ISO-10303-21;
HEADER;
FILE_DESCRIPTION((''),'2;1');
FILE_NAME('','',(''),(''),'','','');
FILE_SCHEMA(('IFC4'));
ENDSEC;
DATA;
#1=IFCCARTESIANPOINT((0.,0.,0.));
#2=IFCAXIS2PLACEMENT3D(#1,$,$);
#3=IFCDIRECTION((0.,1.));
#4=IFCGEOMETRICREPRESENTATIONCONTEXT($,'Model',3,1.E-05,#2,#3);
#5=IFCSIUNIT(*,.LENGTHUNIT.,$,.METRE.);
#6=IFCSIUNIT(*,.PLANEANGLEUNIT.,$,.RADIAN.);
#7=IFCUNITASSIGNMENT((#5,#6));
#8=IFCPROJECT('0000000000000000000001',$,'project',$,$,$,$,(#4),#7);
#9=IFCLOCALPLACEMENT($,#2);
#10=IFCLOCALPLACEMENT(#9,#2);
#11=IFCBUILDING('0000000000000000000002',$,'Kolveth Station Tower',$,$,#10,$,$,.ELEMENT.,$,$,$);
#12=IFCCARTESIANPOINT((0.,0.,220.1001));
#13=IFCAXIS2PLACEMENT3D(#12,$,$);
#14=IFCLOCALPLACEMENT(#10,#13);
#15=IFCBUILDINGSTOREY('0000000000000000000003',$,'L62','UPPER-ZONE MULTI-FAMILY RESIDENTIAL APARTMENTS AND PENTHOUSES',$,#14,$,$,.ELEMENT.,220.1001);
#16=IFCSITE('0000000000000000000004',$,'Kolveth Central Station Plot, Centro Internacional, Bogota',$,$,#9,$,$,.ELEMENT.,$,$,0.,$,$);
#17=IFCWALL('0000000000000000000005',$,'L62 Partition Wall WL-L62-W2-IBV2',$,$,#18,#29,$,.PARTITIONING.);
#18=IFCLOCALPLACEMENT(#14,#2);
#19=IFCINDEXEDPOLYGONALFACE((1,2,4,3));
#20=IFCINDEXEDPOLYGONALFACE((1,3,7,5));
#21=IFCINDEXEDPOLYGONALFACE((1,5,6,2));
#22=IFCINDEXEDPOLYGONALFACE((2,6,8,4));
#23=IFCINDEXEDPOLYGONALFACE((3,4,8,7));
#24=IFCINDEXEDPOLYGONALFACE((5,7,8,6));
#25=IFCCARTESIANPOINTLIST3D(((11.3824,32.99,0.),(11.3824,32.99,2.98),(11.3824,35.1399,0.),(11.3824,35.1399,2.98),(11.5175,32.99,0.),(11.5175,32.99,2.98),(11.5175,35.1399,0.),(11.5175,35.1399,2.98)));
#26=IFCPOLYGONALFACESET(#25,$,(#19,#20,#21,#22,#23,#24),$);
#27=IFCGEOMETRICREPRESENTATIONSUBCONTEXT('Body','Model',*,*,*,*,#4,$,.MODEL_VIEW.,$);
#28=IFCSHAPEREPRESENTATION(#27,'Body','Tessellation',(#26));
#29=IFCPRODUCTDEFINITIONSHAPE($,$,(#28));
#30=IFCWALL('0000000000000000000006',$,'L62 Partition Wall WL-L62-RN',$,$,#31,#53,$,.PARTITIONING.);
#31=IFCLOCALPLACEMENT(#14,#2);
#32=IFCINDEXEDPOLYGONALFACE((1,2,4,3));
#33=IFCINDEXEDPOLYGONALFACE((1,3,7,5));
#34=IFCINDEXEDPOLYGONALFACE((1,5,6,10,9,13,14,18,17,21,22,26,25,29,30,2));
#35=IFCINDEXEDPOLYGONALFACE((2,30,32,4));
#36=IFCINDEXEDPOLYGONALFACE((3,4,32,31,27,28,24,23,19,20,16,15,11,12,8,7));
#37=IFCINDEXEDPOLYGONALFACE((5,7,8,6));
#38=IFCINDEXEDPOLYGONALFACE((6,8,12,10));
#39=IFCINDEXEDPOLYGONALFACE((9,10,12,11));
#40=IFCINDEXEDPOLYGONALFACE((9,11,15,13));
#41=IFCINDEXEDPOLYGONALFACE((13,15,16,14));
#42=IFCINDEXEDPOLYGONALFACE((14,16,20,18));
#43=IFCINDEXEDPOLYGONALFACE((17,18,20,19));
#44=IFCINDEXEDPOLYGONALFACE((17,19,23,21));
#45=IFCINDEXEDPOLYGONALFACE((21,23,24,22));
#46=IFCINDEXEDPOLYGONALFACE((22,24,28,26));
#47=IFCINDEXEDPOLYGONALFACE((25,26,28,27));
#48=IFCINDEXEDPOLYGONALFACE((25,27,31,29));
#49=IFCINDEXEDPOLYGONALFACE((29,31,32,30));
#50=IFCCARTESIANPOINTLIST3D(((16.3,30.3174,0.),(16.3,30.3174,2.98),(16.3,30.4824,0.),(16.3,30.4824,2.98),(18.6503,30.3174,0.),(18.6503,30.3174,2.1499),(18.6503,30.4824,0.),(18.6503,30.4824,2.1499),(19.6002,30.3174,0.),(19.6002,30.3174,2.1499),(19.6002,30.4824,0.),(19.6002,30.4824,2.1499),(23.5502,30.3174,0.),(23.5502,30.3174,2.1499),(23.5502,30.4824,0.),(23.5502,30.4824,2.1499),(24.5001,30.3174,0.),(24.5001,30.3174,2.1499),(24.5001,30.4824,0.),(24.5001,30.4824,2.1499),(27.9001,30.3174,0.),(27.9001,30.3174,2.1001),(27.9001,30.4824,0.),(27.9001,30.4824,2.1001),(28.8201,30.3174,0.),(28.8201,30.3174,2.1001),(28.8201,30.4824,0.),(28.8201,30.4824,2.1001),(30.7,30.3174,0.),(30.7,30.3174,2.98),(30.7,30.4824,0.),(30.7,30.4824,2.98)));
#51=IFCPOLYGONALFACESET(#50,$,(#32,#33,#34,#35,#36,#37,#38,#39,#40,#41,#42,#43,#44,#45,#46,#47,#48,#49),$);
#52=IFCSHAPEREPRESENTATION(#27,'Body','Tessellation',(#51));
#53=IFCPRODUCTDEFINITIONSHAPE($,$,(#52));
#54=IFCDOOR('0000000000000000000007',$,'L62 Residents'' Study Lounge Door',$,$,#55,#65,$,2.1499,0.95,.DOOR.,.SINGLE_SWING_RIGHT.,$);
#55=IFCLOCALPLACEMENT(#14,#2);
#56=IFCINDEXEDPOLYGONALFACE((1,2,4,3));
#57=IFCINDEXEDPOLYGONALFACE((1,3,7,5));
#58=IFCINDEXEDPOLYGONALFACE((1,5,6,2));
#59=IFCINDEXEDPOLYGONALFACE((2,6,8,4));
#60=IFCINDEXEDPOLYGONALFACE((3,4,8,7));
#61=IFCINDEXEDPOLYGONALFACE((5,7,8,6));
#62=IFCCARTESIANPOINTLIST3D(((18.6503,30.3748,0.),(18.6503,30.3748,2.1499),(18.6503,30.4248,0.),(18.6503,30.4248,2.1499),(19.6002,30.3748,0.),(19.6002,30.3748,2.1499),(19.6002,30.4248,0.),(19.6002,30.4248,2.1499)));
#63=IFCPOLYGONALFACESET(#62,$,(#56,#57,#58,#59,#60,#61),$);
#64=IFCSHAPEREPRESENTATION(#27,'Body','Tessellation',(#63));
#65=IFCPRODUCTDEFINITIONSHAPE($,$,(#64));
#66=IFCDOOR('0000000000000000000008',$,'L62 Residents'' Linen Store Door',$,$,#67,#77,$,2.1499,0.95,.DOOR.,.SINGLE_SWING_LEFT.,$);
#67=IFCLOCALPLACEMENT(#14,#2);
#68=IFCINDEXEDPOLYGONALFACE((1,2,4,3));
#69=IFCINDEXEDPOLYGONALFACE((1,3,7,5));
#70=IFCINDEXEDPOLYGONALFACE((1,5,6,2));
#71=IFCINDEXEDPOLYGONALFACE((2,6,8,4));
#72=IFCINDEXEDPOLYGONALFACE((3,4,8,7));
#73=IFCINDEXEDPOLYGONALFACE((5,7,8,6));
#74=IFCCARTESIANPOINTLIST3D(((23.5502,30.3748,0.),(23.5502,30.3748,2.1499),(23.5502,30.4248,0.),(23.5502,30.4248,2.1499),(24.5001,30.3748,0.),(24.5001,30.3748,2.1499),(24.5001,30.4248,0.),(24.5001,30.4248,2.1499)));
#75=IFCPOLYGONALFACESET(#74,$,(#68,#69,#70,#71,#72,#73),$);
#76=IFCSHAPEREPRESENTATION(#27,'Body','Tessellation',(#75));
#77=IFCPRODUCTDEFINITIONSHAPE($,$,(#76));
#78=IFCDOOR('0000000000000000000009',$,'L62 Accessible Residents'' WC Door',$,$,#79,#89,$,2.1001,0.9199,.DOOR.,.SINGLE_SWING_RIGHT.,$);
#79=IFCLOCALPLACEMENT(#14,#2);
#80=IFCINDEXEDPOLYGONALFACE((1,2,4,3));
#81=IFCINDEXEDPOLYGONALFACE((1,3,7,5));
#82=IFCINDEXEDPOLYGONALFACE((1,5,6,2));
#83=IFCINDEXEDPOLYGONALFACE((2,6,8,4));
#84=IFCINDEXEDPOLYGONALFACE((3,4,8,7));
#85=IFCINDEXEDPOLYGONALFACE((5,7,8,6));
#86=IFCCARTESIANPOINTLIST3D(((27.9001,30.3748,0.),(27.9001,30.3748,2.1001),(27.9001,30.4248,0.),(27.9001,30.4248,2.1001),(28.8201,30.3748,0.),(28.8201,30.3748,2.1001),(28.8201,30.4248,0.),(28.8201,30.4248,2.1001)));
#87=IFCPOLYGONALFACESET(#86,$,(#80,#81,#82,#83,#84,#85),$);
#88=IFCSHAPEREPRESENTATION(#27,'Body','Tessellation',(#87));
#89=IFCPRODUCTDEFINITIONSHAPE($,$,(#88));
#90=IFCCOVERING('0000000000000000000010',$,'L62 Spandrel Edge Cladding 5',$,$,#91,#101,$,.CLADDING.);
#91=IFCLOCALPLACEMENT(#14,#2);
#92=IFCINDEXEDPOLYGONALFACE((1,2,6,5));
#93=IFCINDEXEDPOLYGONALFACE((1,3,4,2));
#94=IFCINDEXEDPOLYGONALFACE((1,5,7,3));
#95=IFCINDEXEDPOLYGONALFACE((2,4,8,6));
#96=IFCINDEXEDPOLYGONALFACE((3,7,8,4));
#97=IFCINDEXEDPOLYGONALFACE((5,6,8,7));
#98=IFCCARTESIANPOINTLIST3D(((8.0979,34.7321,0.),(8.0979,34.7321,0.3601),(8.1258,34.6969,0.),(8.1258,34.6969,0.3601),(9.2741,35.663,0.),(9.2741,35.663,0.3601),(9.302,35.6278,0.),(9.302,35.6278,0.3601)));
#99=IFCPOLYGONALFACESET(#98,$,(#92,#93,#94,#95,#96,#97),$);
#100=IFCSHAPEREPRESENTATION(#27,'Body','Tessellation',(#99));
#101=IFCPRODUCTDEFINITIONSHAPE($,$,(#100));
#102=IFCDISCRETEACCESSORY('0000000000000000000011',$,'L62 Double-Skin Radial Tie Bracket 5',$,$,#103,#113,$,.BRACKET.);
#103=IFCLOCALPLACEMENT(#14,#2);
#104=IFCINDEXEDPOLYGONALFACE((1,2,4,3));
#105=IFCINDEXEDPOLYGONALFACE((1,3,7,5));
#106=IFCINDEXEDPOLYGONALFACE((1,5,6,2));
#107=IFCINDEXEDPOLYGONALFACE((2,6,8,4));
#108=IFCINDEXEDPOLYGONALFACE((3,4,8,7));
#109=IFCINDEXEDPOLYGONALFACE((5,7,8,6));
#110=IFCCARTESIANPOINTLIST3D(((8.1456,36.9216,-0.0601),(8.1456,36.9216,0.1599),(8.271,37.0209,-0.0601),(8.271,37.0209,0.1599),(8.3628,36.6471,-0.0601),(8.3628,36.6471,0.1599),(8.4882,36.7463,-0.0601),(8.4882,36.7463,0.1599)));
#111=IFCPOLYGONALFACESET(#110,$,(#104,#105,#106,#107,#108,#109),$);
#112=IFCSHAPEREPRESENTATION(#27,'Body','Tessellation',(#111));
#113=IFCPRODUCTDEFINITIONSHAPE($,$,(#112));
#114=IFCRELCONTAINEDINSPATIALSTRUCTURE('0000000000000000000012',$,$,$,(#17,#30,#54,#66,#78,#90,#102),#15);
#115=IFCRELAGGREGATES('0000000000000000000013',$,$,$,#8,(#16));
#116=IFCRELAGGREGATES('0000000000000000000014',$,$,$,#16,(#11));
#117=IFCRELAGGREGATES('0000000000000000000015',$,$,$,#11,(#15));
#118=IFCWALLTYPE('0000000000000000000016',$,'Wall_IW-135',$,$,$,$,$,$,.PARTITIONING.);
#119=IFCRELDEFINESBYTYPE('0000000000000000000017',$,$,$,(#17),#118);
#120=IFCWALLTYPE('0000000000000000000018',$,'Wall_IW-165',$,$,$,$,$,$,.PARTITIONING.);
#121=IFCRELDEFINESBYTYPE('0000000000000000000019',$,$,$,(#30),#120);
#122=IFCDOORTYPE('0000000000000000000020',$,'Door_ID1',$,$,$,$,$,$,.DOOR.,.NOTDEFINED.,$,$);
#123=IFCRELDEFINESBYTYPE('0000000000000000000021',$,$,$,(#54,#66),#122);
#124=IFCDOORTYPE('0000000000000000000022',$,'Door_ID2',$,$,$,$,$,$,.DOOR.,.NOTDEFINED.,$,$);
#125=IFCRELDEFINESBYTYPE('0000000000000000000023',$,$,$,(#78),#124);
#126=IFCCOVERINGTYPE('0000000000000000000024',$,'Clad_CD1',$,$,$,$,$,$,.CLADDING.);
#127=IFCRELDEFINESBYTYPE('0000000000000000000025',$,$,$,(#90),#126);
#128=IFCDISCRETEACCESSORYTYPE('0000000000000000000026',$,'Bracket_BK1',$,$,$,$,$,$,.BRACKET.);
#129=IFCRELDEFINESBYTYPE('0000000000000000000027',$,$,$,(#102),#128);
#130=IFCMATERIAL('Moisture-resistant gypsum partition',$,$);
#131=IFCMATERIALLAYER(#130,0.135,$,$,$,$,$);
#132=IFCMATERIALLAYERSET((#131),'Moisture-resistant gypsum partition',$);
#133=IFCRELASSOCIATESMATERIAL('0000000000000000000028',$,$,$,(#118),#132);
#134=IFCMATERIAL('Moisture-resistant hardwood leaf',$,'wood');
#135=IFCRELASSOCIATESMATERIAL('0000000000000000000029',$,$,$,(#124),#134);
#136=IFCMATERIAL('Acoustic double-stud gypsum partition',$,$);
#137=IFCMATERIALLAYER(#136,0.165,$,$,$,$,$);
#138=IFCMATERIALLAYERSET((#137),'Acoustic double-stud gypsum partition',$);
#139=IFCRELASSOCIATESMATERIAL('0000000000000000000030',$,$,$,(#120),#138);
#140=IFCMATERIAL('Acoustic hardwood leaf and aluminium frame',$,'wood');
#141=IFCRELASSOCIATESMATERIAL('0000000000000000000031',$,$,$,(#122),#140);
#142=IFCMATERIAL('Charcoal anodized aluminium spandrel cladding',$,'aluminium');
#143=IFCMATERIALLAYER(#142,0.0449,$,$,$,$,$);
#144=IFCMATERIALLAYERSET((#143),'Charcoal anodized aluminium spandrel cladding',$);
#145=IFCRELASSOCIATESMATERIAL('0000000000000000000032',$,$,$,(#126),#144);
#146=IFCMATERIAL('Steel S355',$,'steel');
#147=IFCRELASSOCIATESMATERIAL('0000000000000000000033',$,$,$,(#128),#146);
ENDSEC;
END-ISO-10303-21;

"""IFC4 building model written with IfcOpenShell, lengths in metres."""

from ifc_helpers import new_model, si_unit, direction, frame, frame_2d, origin, origin_2d, place, context, subcontext, project, spatial, rectangle, extrude, source, transform, mapped, material, layer, layer_set, type_object, element, fill, save


model = new_model("IFC4")

# Units and contexts
model_context = context("Model", 3, precision=1e-05, world=origin(), true_north=direction((0.0, 1.0)))
body_context = subcontext(model_context, "Body", "Model", "MODEL_VIEW")
ifc_project = project(units=[si_unit("LENGTHUNIT", "METRE"), si_unit("PLANEANGLEUNIT", "RADIAN")], contexts=[model_context])

# Site, building, storey
site_placement = place(None, origin())
site = spatial("IfcSite", under=ifc_project, at=site_placement, Name="Kolveth Central Station Plot, Centro Internacional, Bogota", CompositionType="ELEMENT", RefElevation=0.0)
building_placement = place(site_placement, origin())
building = spatial("IfcBuilding", under=site, at=building_placement, Name="Kolveth Station Tower", CompositionType="ELEMENT")
storey_placement = place(building_placement, frame((0.0, 0.0, 220.1001)))
storey = spatial("IfcBuildingStorey", under=building, at=storey_placement, Name="L62", Description="UPPER-ZONE MULTI-FAMILY RESIDENTIAL APARTMENTS AND PENTHOUSES", CompositionType="ELEMENT", Elevation=220.1001)

# Shared definitions
ifc_material_1 = material(Name="Steel S355", Category="steel")

# Shared definitions
ifc_material_2 = material(Name="Moisture-resistant gypsum partition")
ifc_layer_1 = layer(ifc_material_2, 0.135)
ifc_layer_set_1 = layer_set([ifc_layer_1], Name="Moisture-resistant gypsum partition")
wall_type_1 = type_object("IfcWallType", Name="Wall_IW-135", PredefinedType="PARTITIONING", material=ifc_layer_set_1)
ifc_material_3 = material(Name="Moisture-resistant hardwood leaf", Category="wood")
door_type_1 = type_object("IfcDoorType", Name="Door_ID2", OperationType="NOTDEFINED", PredefinedType="DOOR", material=ifc_material_3)

# Wall
for number, where, z_axis, x_axis, name in (
    (1, (11.45, 32.99, 0.0), (0.0, 0.0, 1.0), (0.0, 1.0, 0.0), "L62 Partition Wall WL-L62-W2-IBV2"),
):
    element("IfcWall", number, at=place(storey_placement, frame(where, z_axis=z_axis, x_axis=x_axis)), inside=storey, type_object=wall_type_1, Name=name, PredefinedType="PARTITIONING", context=body_context, shape_type="SweptSolid", body=[
        extrude(rectangle(XDim=2.1499, YDim=0.135, at=frame_2d((1.075, 0.0))), origin(), (0.0, 0.0, 1.0), 2.98),
    ])

# Wall, openings, doors
ifc_material_4 = material(Name="Acoustic double-stud gypsum partition")
ifc_layer_2 = layer(ifc_material_4, 0.165)
ifc_layer_set_2 = layer_set([ifc_layer_2], Name="Acoustic double-stud gypsum partition")
wall_type_2 = type_object("IfcWallType", Name="Wall_IW-165", PredefinedType="PARTITIONING", material=ifc_layer_set_2)
wall_1_placement = place(storey_placement, frame((16.3, 30.3999, 0.0), z_axis=(0.0, 0.0, 1.0), x_axis=(1.0, 0.0, 0.0)))
wall_1 = element("IfcWall", 2, at=wall_1_placement, inside=storey, type_object=wall_type_2, Name="L62 Partition Wall WL-L62-RN", PredefinedType="PARTITIONING", context=body_context, shape_type="SweptSolid", body=[
    extrude(rectangle(XDim=14.3999, YDim=0.165, at=frame_2d((7.2, 0.0))), origin(), (0.0, 0.0, 1.0), 2.98),
])
opening_1_placement = place(wall_1_placement, frame((2.3501, 0.0, 0.0)))
opening_1 = element("IfcOpeningElement", 3, at=opening_1_placement, cuts=wall_1, PredefinedType="OPENING", context=body_context, shape_type="SweptSolid", body=[
    extrude(rectangle(XDim=0.95, YDim=2.1499, at=frame_2d((0.4751, 1.075))), frame((0.0, 0.0925, 0.0), z_axis=(0.0, -1.0, 0.0), x_axis=(1.0, 0.0, 0.0)), (0.0, 0.0, 1.0), 0.1851),
])
opening_2_placement = place(wall_1_placement, frame((7.25, 0.0, 0.0)))
opening_2 = element("IfcOpeningElement", 4, at=opening_2_placement, cuts=wall_1, PredefinedType="OPENING", context=body_context, shape_type="SweptSolid", body=[
    extrude(rectangle(XDim=0.95, YDim=2.1499, at=frame_2d((0.4751, 1.075))), frame((0.0, 0.0925, 0.0), z_axis=(0.0, -1.0, 0.0), x_axis=(1.0, 0.0, 0.0)), (0.0, 0.0, 1.0), 0.1851),
])
opening_3_placement = place(wall_1_placement, frame((11.6001, 0.0, 0.0)))
opening_3 = element("IfcOpeningElement", 5, at=opening_3_placement, cuts=wall_1, PredefinedType="OPENING", context=body_context, shape_type="SweptSolid", body=[
    extrude(rectangle(XDim=0.9199, YDim=2.1001, at=frame_2d((0.46, 1.05))), frame((0.0, 0.0925, 0.0), z_axis=(0.0, -1.0, 0.0), x_axis=(1.0, 0.0, 0.0)), (0.0, 0.0, 1.0), 0.1851),
])
ifc_material_5 = material(Name="Acoustic hardwood leaf and aluminium frame", Category="wood")
door_type_2 = type_object("IfcDoorType", Name="Door_ID1", OperationType="NOTDEFINED", PredefinedType="DOOR", material=ifc_material_5)
door_1_placement = place(opening_1_placement, origin())
door_1 = element("IfcDoor", 6, at=door_1_placement, inside=storey, type_object=door_type_2, Name="L62 Residents' Study Lounge Door", OperationType="SINGLE_SWING_RIGHT", OverallHeight=2.1499, OverallWidth=0.95, PredefinedType="DOOR", context=body_context, shape_type="SweptSolid", body=[
    extrude(rectangle(XDim=0.95, YDim=2.1499, at=frame_2d((0.4751, 1.075))), frame((0.0, 0.0249, 0.0), z_axis=(0.0, -1.0, 0.0), x_axis=(1.0, 0.0, 0.0)), (0.0, 0.0, 1.0), 0.05),
])
fill(opening_1, door_1)
door_2_placement = place(opening_2_placement, origin())
door_2 = element("IfcDoor", 7, at=door_2_placement, inside=storey, type_object=door_type_2, Name="L62 Residents' Linen Store Door", OperationType="SINGLE_SWING_LEFT", OverallHeight=2.1499, OverallWidth=0.95, PredefinedType="DOOR", context=body_context, shape_type="SweptSolid", body=[
    extrude(rectangle(XDim=0.95, YDim=2.1499, at=frame_2d((0.4751, 1.075))), frame((0.0, 0.0249, 0.0), z_axis=(0.0, -1.0, 0.0), x_axis=(1.0, 0.0, 0.0)), (0.0, 0.0, 1.0), 0.05),
])
fill(opening_2, door_2)
door_3_placement = place(opening_3_placement, origin())
door_3 = element("IfcDoor", 8, at=door_3_placement, inside=storey, type_object=door_type_1, Name="L62 Accessible Residents' WC Door", OperationType="SINGLE_SWING_RIGHT", OverallHeight=2.1001, OverallWidth=0.9199, PredefinedType="DOOR", context=body_context, shape_type="SweptSolid", body=[
    extrude(rectangle(XDim=0.9199, YDim=2.1001, at=frame_2d((0.46, 1.05))), frame((0.0, 0.0249, 0.0), z_axis=(0.0, -1.0, 0.0), x_axis=(1.0, 0.0, 0.0)), (0.0, 0.0, 1.0), 0.05),
])
fill(opening_3, door_3)

# Covering
ifc_material_6 = material(Name="Charcoal anodized aluminium spandrel cladding", Category="aluminium")
ifc_layer_3 = layer(ifc_material_6, 0.0449)
ifc_layer_set_3 = layer_set([ifc_layer_3], Name="Charcoal anodized aluminium spandrel cladding")
covering_type = type_object("IfcCoveringType", Name="Clad_CD1", PredefinedType="CLADDING", material=ifc_layer_set_3)
shared_shape_1 = source(origin(), body_context, "Body", "SweptSolid", [
    extrude(rectangle(XDim=1.5, YDim=0.0449, at=origin_2d()), origin(), (0.0, 0.0, 1.0), 0.3601),
])
covering_placement = place(storey_placement, frame((8.7, 35.1799, 0.0), z_axis=(0.0, 0.0, 1.0), x_axis=(-0.784127, -0.620601, 0.0)))
element("IfcCovering", 9, at=covering_placement, inside=storey, type_object=covering_type, Name="L62 Spandrel Edge Cladding 5", PredefinedType="CLADDING", context=body_context, shape_type="MappedRepresentation", body=[
    mapped(shared_shape_1, transform((0.0, 0.0, 0.0), x_axis=(1.0, 0.0, 0.0), y_axis=(0.0, 1.0, 0.0), z_axis=(0.0, 0.0, 1.0), scale=1.0)),
])

# Discrete accessory
discrete_accessory_type = type_object("IfcDiscreteAccessoryType", Name="Bracket_BK1", PredefinedType="BRACKET", material=ifc_material_1)
shared_shape_2 = source(origin(), body_context, "Body", "SweptSolid", [
    extrude(rectangle(XDim=0.3501, YDim=0.1599, at=origin_2d()), origin(), (0.0, 0.0, 1.0), 0.22),
])
discrete_accessory_placement = place(storey_placement, frame((8.3169, 36.834, -0.0601), z_axis=(0.0, 0.0, 1.0), x_axis=(-0.620601, 0.784127, 0.0)))
element("IfcDiscreteAccessory", 10, at=discrete_accessory_placement, inside=storey, type_object=discrete_accessory_type, Name="L62 Double-Skin Radial Tie Bracket 5", PredefinedType="BRACKET", context=body_context, shape_type="MappedRepresentation", body=[
    mapped(shared_shape_2, transform((0.0, 0.0, 0.0), x_axis=(1.0, 0.0, 0.0), y_axis=(0.0, 1.0, 0.0), z_axis=(0.0, 0.0, 1.0), scale=1.0)),
])

save(model, "model.ifc")
